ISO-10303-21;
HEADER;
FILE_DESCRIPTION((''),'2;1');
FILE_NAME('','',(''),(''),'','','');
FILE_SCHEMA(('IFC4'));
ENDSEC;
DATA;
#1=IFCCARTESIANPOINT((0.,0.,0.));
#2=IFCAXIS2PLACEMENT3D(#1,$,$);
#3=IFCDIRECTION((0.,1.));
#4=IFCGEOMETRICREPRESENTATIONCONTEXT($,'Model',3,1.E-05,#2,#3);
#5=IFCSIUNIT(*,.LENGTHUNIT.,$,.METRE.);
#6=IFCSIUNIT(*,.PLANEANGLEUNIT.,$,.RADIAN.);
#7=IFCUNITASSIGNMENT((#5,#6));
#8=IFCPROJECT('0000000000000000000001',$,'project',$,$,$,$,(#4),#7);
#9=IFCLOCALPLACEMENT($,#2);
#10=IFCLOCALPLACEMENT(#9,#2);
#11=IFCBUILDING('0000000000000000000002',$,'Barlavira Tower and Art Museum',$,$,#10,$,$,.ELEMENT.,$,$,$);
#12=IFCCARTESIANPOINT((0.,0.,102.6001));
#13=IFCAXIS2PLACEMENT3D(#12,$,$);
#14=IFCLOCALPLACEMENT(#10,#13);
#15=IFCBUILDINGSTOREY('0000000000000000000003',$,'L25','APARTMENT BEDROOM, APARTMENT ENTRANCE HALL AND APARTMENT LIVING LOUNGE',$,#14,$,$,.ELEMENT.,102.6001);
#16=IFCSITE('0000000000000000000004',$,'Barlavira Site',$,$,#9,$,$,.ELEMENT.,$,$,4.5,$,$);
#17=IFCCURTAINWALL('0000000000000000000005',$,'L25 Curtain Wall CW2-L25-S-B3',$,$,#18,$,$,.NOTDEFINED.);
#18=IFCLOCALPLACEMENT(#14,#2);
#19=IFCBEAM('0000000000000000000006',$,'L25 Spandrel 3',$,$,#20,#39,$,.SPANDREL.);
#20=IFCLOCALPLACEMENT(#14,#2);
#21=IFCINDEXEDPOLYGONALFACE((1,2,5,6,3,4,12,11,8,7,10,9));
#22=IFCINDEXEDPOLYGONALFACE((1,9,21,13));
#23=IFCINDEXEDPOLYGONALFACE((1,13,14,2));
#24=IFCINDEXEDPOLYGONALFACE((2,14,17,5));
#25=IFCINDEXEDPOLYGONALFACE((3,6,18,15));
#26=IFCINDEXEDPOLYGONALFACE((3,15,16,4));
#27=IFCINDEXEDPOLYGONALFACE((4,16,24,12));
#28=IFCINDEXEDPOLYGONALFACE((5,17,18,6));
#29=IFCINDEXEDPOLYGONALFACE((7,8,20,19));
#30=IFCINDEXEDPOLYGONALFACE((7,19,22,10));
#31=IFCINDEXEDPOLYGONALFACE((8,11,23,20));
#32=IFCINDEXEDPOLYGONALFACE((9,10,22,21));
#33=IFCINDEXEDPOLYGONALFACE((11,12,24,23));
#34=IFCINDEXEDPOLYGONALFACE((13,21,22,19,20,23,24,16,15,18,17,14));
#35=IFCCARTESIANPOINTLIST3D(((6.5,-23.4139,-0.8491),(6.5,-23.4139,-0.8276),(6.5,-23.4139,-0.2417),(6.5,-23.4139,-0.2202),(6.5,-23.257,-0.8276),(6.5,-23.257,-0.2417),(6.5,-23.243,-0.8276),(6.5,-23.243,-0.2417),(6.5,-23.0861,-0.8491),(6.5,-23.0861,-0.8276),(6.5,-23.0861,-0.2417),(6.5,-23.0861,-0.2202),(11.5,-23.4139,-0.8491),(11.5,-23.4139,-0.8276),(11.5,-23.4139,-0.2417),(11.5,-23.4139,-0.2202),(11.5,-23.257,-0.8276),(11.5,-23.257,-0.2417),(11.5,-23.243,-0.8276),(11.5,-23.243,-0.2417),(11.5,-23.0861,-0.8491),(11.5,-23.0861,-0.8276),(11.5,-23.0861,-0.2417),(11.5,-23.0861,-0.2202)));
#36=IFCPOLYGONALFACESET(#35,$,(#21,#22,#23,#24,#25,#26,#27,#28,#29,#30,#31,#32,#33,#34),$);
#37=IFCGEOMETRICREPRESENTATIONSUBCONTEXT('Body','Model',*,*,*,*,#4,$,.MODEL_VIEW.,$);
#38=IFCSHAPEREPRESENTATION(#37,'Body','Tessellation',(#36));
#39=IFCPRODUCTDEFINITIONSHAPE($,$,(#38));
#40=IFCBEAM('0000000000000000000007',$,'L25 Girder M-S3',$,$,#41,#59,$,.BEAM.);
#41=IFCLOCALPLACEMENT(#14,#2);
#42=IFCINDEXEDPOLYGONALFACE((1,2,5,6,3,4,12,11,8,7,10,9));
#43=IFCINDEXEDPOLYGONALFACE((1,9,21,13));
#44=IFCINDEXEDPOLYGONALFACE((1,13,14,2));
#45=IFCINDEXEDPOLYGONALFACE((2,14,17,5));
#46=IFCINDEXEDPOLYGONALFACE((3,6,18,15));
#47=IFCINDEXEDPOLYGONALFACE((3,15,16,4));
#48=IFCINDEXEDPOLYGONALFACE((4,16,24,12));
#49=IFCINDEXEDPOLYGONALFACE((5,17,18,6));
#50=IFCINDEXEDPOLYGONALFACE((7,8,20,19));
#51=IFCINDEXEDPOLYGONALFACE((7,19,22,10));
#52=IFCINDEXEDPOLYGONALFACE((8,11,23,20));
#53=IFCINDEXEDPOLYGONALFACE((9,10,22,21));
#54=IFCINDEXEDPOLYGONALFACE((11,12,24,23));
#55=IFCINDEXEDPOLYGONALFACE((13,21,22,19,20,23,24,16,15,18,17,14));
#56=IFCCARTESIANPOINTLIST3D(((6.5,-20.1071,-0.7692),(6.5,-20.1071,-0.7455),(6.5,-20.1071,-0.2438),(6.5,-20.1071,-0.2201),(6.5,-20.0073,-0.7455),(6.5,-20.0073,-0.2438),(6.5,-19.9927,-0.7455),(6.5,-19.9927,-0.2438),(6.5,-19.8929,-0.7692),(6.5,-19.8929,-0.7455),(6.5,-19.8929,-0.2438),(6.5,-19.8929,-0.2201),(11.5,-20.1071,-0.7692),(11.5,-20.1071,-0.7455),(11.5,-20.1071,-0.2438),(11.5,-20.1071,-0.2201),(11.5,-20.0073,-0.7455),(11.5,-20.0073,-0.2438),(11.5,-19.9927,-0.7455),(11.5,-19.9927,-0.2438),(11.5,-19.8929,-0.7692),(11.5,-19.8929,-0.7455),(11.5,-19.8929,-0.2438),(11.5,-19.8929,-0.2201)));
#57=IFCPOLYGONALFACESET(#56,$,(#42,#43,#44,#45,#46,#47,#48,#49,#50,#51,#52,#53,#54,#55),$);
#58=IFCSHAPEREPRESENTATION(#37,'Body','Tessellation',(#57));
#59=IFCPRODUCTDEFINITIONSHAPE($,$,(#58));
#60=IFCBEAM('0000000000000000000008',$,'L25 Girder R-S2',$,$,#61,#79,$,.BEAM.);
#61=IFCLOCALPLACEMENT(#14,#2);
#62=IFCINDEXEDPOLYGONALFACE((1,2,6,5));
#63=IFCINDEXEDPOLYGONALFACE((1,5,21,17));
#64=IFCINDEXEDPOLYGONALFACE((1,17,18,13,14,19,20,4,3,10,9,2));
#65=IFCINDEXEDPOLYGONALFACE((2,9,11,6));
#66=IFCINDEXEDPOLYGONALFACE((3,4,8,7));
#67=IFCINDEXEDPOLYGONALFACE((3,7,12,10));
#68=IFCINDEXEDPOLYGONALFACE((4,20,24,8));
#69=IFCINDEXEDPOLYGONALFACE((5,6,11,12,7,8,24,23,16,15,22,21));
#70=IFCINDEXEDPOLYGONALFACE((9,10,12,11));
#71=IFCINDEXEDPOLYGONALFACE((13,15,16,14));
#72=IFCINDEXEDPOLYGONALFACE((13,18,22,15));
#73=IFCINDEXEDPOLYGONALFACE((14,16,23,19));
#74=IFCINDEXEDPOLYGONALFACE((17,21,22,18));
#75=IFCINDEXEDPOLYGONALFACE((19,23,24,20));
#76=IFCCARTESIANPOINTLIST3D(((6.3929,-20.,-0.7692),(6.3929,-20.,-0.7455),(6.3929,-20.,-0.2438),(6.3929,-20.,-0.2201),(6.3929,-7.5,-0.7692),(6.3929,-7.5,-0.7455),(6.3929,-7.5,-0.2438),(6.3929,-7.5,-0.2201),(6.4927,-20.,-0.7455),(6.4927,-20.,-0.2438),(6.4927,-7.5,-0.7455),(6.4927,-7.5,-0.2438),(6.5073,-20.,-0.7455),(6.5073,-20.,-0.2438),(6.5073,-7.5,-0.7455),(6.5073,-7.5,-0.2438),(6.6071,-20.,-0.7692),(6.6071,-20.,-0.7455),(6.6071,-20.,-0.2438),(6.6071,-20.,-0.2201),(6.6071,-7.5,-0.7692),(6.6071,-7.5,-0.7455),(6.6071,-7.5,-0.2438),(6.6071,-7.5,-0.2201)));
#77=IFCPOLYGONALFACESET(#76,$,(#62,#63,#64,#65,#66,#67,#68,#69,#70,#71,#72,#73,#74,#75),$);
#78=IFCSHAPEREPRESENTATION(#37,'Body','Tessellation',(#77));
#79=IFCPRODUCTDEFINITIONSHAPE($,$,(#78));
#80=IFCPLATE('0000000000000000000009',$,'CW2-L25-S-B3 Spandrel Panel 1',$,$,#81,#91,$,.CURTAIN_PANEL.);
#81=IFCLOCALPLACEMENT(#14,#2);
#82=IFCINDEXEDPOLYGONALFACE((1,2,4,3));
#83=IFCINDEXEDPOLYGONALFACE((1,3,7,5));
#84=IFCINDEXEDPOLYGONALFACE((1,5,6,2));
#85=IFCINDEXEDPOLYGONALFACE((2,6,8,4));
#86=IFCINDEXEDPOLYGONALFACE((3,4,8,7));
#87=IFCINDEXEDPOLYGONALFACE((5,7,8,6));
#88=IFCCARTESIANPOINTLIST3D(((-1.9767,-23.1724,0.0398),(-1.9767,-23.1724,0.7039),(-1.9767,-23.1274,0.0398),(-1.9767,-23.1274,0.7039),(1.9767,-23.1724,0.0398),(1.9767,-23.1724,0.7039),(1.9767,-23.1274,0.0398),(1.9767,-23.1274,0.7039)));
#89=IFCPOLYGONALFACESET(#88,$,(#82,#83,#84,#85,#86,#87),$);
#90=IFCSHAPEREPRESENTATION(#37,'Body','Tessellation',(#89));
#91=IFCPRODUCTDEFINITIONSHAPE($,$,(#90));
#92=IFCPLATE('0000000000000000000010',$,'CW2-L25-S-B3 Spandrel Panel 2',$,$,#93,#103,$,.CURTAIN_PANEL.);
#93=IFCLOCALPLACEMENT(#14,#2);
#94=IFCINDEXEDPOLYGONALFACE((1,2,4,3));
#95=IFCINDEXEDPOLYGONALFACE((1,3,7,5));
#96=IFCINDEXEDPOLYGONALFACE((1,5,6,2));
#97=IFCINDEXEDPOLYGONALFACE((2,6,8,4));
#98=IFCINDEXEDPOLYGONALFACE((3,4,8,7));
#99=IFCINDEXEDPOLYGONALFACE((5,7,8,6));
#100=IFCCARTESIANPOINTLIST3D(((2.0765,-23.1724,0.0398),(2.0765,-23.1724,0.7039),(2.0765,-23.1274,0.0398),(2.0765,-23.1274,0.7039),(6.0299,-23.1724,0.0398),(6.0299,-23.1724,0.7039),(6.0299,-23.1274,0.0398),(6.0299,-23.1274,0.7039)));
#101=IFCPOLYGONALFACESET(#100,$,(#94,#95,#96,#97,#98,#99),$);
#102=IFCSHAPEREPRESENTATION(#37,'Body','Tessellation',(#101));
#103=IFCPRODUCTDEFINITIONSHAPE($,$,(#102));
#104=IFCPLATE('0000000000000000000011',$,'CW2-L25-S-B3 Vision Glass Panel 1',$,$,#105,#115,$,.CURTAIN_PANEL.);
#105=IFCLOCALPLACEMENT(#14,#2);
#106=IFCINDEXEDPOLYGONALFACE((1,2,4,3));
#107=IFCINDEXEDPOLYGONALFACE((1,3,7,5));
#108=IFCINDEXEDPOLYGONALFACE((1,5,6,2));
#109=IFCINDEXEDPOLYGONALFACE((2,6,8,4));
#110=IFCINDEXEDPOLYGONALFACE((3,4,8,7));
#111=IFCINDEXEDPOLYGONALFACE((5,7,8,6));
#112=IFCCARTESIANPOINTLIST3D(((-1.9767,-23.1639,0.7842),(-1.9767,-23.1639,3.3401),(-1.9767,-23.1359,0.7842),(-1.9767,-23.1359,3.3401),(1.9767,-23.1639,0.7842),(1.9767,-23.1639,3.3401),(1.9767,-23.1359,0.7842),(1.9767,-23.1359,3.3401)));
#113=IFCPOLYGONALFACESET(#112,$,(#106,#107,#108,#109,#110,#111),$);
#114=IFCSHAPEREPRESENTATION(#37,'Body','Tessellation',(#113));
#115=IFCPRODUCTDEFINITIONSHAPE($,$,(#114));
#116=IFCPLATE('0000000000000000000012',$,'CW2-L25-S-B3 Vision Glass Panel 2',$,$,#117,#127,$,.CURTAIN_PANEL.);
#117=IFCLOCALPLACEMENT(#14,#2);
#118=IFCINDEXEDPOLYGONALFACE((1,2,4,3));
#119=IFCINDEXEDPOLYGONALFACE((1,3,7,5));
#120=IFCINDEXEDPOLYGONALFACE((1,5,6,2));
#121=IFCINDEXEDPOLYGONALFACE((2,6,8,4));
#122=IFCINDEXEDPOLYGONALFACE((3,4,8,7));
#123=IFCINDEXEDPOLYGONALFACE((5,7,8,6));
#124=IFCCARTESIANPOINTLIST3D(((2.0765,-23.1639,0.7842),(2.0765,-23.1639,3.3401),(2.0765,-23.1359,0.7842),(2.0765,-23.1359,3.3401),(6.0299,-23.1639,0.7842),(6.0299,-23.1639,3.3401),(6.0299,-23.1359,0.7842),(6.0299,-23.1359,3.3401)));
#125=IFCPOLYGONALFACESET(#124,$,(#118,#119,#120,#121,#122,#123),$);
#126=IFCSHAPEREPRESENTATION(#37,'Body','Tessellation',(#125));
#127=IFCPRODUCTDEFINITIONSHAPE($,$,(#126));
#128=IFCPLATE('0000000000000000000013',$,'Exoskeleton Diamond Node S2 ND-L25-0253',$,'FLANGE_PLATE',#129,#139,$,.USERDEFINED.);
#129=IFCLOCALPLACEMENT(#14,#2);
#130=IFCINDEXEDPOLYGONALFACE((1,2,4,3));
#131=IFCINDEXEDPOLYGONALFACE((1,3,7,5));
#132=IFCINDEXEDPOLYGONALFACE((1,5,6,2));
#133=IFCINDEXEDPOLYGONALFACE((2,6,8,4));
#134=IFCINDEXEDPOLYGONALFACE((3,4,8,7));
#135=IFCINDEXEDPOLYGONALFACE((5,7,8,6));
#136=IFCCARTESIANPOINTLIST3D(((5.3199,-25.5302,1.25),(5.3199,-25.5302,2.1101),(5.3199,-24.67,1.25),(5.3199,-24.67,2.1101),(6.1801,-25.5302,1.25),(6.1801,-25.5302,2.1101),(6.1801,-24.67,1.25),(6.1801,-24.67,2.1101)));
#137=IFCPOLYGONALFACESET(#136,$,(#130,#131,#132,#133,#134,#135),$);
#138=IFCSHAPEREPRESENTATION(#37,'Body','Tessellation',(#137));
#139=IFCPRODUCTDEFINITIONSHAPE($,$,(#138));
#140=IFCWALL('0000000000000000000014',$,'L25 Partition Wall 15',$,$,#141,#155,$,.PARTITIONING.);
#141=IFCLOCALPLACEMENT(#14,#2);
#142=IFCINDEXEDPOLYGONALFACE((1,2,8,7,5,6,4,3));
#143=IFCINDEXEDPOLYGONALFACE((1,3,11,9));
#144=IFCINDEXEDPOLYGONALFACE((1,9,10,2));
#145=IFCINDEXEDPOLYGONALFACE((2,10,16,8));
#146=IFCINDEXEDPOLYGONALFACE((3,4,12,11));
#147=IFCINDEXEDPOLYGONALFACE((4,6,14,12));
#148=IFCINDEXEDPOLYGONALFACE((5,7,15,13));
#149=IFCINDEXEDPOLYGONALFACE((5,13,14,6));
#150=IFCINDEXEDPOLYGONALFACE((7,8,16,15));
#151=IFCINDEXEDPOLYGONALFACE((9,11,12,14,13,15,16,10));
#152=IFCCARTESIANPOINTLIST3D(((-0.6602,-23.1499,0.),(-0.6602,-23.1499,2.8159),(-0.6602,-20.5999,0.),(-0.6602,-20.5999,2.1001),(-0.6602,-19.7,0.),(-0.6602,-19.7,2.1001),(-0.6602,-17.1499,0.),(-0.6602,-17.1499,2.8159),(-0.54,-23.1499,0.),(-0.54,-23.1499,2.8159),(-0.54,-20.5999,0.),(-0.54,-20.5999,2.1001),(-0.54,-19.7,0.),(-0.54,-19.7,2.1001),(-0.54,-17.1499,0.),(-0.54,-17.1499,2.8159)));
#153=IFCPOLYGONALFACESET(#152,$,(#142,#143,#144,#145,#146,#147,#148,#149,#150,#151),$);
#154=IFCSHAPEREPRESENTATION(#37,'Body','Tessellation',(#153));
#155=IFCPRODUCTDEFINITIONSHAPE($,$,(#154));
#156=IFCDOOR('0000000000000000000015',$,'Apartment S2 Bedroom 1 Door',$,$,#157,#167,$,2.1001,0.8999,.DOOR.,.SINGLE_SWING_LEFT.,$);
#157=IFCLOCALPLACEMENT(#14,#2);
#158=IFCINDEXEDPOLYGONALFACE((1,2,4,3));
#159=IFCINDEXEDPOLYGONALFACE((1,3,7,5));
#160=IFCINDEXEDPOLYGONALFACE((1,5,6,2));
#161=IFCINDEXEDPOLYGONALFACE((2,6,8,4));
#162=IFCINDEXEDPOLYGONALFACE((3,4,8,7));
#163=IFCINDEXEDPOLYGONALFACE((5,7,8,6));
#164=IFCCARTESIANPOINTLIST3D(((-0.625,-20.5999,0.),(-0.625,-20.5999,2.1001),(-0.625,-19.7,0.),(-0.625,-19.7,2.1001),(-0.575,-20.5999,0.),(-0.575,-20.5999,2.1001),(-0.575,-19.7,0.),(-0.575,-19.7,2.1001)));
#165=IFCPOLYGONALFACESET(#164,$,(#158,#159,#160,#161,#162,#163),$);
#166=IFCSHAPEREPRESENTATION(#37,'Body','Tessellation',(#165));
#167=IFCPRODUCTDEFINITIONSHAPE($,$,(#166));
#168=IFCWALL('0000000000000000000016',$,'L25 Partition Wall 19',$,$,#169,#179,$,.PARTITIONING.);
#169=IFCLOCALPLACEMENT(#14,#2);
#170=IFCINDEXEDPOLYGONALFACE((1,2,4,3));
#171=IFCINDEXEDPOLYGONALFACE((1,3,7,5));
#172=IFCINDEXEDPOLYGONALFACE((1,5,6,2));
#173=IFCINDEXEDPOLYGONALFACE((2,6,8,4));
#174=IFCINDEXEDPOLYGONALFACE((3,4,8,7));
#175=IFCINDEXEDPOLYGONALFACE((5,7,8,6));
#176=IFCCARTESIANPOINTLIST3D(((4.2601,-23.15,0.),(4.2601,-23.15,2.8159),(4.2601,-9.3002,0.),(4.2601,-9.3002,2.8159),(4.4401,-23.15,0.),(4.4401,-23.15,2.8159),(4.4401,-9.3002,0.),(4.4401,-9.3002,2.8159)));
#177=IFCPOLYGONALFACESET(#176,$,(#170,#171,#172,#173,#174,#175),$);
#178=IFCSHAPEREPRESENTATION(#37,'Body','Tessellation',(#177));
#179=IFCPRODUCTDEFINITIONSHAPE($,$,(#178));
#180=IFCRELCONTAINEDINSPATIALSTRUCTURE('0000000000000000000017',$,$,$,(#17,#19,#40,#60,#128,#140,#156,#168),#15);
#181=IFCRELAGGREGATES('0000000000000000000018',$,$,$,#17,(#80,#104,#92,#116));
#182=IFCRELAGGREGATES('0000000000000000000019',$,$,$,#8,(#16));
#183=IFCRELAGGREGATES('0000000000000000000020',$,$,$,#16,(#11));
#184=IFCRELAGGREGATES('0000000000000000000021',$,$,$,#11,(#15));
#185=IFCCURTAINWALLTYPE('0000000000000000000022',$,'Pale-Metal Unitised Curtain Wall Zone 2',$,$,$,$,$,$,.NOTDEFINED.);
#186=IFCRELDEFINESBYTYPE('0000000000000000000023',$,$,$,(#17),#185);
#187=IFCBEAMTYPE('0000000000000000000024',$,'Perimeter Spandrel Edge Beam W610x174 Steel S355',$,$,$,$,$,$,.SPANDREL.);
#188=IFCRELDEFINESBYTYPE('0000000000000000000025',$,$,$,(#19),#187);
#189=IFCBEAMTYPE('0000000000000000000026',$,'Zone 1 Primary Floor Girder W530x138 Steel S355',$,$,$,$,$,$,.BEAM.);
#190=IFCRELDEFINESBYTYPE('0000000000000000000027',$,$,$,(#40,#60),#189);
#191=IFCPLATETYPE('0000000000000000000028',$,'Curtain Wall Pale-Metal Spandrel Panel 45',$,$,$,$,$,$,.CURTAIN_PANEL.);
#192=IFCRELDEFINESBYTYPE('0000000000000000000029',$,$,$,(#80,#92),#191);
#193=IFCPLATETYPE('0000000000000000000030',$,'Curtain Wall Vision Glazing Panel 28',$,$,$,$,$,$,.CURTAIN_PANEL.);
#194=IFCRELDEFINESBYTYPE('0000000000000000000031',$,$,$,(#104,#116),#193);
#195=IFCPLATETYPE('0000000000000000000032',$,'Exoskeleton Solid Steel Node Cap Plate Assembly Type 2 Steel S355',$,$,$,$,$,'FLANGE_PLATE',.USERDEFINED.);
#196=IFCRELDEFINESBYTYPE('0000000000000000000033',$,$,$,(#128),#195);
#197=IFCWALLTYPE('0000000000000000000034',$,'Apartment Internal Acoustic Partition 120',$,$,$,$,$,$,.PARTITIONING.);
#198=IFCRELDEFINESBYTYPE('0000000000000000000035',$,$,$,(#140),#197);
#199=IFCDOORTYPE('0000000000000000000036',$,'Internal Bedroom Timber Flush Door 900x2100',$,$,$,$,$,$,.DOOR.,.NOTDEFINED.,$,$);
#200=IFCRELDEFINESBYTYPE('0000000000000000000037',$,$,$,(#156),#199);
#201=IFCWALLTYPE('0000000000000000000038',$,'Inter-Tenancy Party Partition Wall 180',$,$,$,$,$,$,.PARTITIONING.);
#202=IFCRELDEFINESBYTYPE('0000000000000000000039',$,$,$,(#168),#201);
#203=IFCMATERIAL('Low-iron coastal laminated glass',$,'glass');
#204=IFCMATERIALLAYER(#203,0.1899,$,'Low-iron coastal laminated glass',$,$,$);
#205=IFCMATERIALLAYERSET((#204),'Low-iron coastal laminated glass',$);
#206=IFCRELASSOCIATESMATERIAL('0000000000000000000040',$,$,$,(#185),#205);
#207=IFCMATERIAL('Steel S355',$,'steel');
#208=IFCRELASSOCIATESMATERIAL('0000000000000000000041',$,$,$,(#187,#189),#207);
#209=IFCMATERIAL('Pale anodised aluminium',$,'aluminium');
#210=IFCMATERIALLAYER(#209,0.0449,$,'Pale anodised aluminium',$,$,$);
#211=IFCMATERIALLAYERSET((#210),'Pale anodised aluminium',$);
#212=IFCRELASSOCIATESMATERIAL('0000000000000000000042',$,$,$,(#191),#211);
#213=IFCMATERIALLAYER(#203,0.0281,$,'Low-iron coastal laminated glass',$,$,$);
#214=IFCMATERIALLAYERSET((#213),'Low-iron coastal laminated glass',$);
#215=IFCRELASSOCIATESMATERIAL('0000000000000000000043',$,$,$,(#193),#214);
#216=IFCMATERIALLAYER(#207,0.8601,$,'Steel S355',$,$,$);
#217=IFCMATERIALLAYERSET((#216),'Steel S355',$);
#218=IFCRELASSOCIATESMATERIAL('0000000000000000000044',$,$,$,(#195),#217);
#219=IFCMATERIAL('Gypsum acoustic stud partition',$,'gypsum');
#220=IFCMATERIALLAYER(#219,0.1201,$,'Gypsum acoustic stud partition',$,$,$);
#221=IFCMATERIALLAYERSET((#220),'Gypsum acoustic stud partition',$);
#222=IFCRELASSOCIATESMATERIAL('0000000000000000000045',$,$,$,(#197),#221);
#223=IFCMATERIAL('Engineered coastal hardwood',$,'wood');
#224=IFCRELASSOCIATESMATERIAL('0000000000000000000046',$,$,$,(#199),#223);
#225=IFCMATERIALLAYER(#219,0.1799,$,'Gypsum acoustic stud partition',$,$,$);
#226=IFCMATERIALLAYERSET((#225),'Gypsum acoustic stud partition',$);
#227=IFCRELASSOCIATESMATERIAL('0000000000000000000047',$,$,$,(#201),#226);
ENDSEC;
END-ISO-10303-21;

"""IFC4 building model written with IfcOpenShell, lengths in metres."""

from ifc_helpers import new_model, si_unit, direction, frame, frame_2d, origin, origin_2d, place, context, subcontext, project, spatial, rectangle, i_section, extrude, material, layer, layer_set, material_profile, profile_set, type_object, element, fill, aggregate, save


model = new_model("IFC4")

# Units and contexts
model_context = context("Model", 3, precision=1e-05, world=origin(), true_north=direction((0.0, 1.0)))
body_context = subcontext(model_context, "Body", "Model", "MODEL_VIEW")
ifc_project = project(units=[si_unit("LENGTHUNIT", "METRE"), si_unit("PLANEANGLEUNIT", "RADIAN")], contexts=[model_context])

# Site, building, storey
site_placement = place(None, origin())
site = spatial("IfcSite", under=ifc_project, at=site_placement, Name="Barlavira Site", CompositionType="ELEMENT", RefElevation=4.5)
building_placement = place(site_placement, origin())
building = spatial("IfcBuilding", under=site, at=building_placement, Name="Barlavira Tower and Art Museum", CompositionType="ELEMENT")
storey_placement = place(building_placement, frame((0.0, 0.0, 102.6001)))
storey = spatial("IfcBuildingStorey", under=building, at=storey_placement, Name="L25", Description="APARTMENT BEDROOM, APARTMENT ENTRANCE HALL AND APARTMENT LIVING LOUNGE", CompositionType="ELEMENT", Elevation=102.6001)

# Curtain wall
ifc_material_1 = material(Name="Low-iron coastal laminated glass", Category="glass")
ifc_layer_1 = layer(ifc_material_1, 0.1899, Name="Low-iron coastal laminated glass")
ifc_layer_set_1 = layer_set([ifc_layer_1], Name="Low-iron coastal laminated glass")
curtain_wall_type = type_object("IfcCurtainWallType", Name="Pale-Metal Unitised Curtain Wall Zone 2", PredefinedType="NOTDEFINED", material=ifc_layer_set_1)
curtain_wall_placement = place(storey_placement, origin())
curtain_wall = element("IfcCurtainWall", 1, at=curtain_wall_placement, inside=storey, type_object=curtain_wall_type, Name="L25 Curtain Wall CW2-L25-S-B3", PredefinedType="NOTDEFINED")
ifc_material_2 = material(Name="Pale anodised aluminium", Category="aluminium")

# Beams
ifc_material_3 = material(Name="Steel S355", Category="steel")
ifc_material_profile_1 = material_profile(ifc_material_3, i_section(OverallWidth=0.3279, OverallDepth=0.6289, WebThickness=0.0139, FlangeThickness=0.0215, at=origin_2d()), Name="W610x174.0")
ifc_profile_set_1 = profile_set([ifc_material_profile_1], Name="Steel S355")
beam_type_1 = type_object("IfcBeamType", Name="Perimeter Spandrel Edge Beam W610x174 Steel S355", PredefinedType="SPANDREL", material=ifc_profile_set_1)
beam_1_placement = place(storey_placement, frame((6.5, -23.25, -0.5347), z_axis=(1.0, 0.0, 0.0), x_axis=(0.0, 1.0, 0.0)))
element("IfcBeam", 2, at=beam_1_placement, inside=storey, type_object=beam_type_1, Name="L25 Spandrel 3", PredefinedType="SPANDREL", context=body_context, shape_type="SweptSolid", body=[
    extrude(i_section(OverallWidth=0.3279, OverallDepth=0.6289, WebThickness=0.0139, FlangeThickness=0.0215, at=origin_2d()), origin(), (0.0, 0.0, 1.0), 5.0),
])
ifc_material_profile_2 = material_profile(ifc_material_3, i_section(OverallWidth=0.2141, OverallDepth=0.5491, WebThickness=0.0146, FlangeThickness=0.0237, at=origin_2d()), Name="W530x138.0")
ifc_profile_set_2 = profile_set([ifc_material_profile_2], Name="Steel S355")
beam_type_2 = type_object("IfcBeamType", Name="Zone 1 Primary Floor Girder W530x138 Steel S355", PredefinedType="BEAM", material=ifc_profile_set_2)
beam_2_placement = place(storey_placement, frame((6.5, -20.0, -0.4946), z_axis=(1.0, 0.0, 0.0), x_axis=(0.0, 1.0, 0.0)))
element("IfcBeam", 3, at=beam_2_placement, inside=storey, type_object=beam_type_2, Name="L25 Girder M-S3", PredefinedType="BEAM", context=body_context, shape_type="SweptSolid", body=[
    extrude(i_section(OverallWidth=0.2141, OverallDepth=0.5491, WebThickness=0.0146, FlangeThickness=0.0237, at=origin_2d()), origin(), (0.0, 0.0, 1.0), 5.0),
])
beam_3_placement = place(storey_placement, frame((6.5, -20.0, -0.4946), z_axis=(0.0, 1.0, 0.0), x_axis=(-1.0, 0.0, 0.0)))
element("IfcBeam", 4, at=beam_3_placement, inside=storey, type_object=beam_type_2, Name="L25 Girder R-S2", PredefinedType="BEAM", context=body_context, shape_type="SweptSolid", body=[
    extrude(i_section(OverallWidth=0.2141, OverallDepth=0.5491, WebThickness=0.0146, FlangeThickness=0.0237, at=origin_2d()), origin(), (0.0, 0.0, 1.0), 12.5),
])

# Plates
ifc_layer_2 = layer(ifc_material_2, 0.0449, Name="Pale anodised aluminium")
ifc_layer_set_2 = layer_set([ifc_layer_2], Name="Pale anodised aluminium")
plate_type_1 = type_object("IfcPlateType", Name="Curtain Wall Pale-Metal Spandrel Panel 45", PredefinedType="CURTAIN_PANEL", material=ifc_layer_set_2)
plate_1_placement = place(storey_placement, frame((0.0, -23.1499, 0.0398), z_axis=(0.0, 0.0, 1.0), x_axis=(1.0, 0.0, 0.0)))
plate_1 = element("IfcPlate", 5, at=plate_1_placement, type_object=plate_type_1, Name="CW2-L25-S-B3 Spandrel Panel 1", PredefinedType="CURTAIN_PANEL", context=body_context, shape_type="SweptSolid", body=[
    extrude(rectangle(XDim=3.9534, YDim=0.0449, at=origin_2d()), origin(), (0.0, 0.0, 1.0), 0.6641),
])
plate_2_placement = place(storey_placement, frame((4.0532, -23.1499, 0.0398), z_axis=(0.0, 0.0, 1.0), x_axis=(1.0, 0.0, 0.0)))
plate_2 = element("IfcPlate", 6, at=plate_2_placement, type_object=plate_type_1, Name="CW2-L25-S-B3 Spandrel Panel 2", PredefinedType="CURTAIN_PANEL", context=body_context, shape_type="SweptSolid", body=[
    extrude(rectangle(XDim=3.9534, YDim=0.0449, at=origin_2d()), origin(), (0.0, 0.0, 1.0), 0.6641),
])
ifc_layer_3 = layer(ifc_material_1, 0.0281, Name="Low-iron coastal laminated glass")
ifc_layer_set_3 = layer_set([ifc_layer_3], Name="Low-iron coastal laminated glass")
plate_type_2 = type_object("IfcPlateType", Name="Curtain Wall Vision Glazing Panel 28", PredefinedType="CURTAIN_PANEL", material=ifc_layer_set_3)
plate_3_placement = place(storey_placement, frame((0.0, -23.1499, 0.7842), z_axis=(0.0, 0.0, 1.0), x_axis=(1.0, 0.0, 0.0)))
plate_3 = element("IfcPlate", 7, at=plate_3_placement, type_object=plate_type_2, Name="CW2-L25-S-B3 Vision Glass Panel 1", PredefinedType="CURTAIN_PANEL", context=body_context, shape_type="SweptSolid", body=[
    extrude(rectangle(XDim=3.9534, YDim=0.0281, at=origin_2d()), origin(), (0.0, 0.0, 1.0), 2.5559),
])
plate_4_placement = place(storey_placement, frame((4.0532, -23.1499, 0.7842), z_axis=(0.0, 0.0, 1.0), x_axis=(1.0, 0.0, 0.0)))
plate_4 = element("IfcPlate", 8, at=plate_4_placement, type_object=plate_type_2, Name="CW2-L25-S-B3 Vision Glass Panel 2", PredefinedType="CURTAIN_PANEL", context=body_context, shape_type="SweptSolid", body=[
    extrude(rectangle(XDim=3.9534, YDim=0.0281, at=origin_2d()), origin(), (0.0, 0.0, 1.0), 2.5559),
])
aggregate(curtain_wall, [plate_1, plate_3, plate_2, plate_4])
ifc_layer_4 = layer(ifc_material_3, 0.8601, Name="Steel S355")
ifc_layer_set_4 = layer_set([ifc_layer_4], Name="Steel S355")
plate_type_3 = type_object("IfcPlateType", Name="Exoskeleton Solid Steel Node Cap Plate Assembly Type 2 Steel S355", ElementType="FLANGE_PLATE", PredefinedType="USERDEFINED", material=ifc_layer_set_4)
plate_5_placement = place(storey_placement, frame((5.75, -25.1001, 1.25), z_axis=(0.0, 0.0, 1.0), x_axis=(1.0, 0.0, 0.0)))
element("IfcPlate", 9, at=plate_5_placement, inside=storey, type_object=plate_type_3, Name="Exoskeleton Diamond Node S2 ND-L25-0253", ObjectType="FLANGE_PLATE", PredefinedType="USERDEFINED", context=body_context, shape_type="SweptSolid", body=[
    extrude(rectangle(XDim=0.8601, YDim=0.8601, at=origin_2d()), origin(), (0.0, 0.0, 1.0), 0.8601),
])

# Wall, opening, door
ifc_material_4 = material(Name="Gypsum acoustic stud partition", Category="gypsum")
ifc_layer_5 = layer(ifc_material_4, 0.1201, Name="Gypsum acoustic stud partition")
ifc_layer_set_5 = layer_set([ifc_layer_5], Name="Gypsum acoustic stud partition")
wall_type_1 = type_object("IfcWallType", Name="Apartment Internal Acoustic Partition 120", PredefinedType="PARTITIONING", material=ifc_layer_set_5)
wall_1_placement = place(storey_placement, frame((-0.6001, -23.1499, 0.0), z_axis=(0.0, 0.0, 1.0), x_axis=(0.0, 1.0, 0.0)))
wall_1 = element("IfcWall", 10, at=wall_1_placement, inside=storey, type_object=wall_type_1, Name="L25 Partition Wall 15", PredefinedType="PARTITIONING", context=body_context, shape_type="SweptSolid", body=[
    extrude(rectangle(XDim=6.0, YDim=0.1201, at=frame_2d((3.0, 0.0))), origin(), (0.0, 0.0, 1.0), 2.8159),
])
opening_1_placement = place(wall_1_placement, frame((2.55, 0.0, 0.0)))
opening_1 = element("IfcOpeningElement", 11, at=opening_1_placement, cuts=wall_1, PredefinedType="OPENING", context=body_context, shape_type="SweptSolid", body=[
    extrude(rectangle(XDim=0.8999, YDim=2.1001, at=frame_2d((0.45, 1.05))), frame((0.0, 0.0701, 0.0), z_axis=(0.0, -1.0, 0.0), x_axis=(1.0, 0.0, 0.0)), (0.0, 0.0, 1.0), 0.1401),
])
ifc_material_5 = material(Name="Engineered coastal hardwood", Category="wood")
door_type = type_object("IfcDoorType", Name="Internal Bedroom Timber Flush Door 900x2100", OperationType="NOTDEFINED", PredefinedType="DOOR", material=ifc_material_5)
door_placement = place(opening_1_placement, origin())
door = element("IfcDoor", 12, at=door_placement, inside=storey, type_object=door_type, Name="Apartment S2 Bedroom 1 Door", OperationType="SINGLE_SWING_LEFT", OverallHeight=2.1001, OverallWidth=0.8999, PredefinedType="DOOR", context=body_context, shape_type="SweptSolid", body=[
    extrude(rectangle(XDim=0.8999, YDim=2.1001, at=frame_2d((0.45, 1.05))), frame((0.0, 0.0249, 0.0), z_axis=(0.0, -1.0, 0.0), x_axis=(1.0, 0.0, 0.0)), (0.0, 0.0, 1.0), 0.05),
])
fill(opening_1, door)

# Wall
ifc_layer_6 = layer(ifc_material_4, 0.1799, Name="Gypsum acoustic stud partition")
ifc_layer_set_6 = layer_set([ifc_layer_6], Name="Gypsum acoustic stud partition")
wall_type_2 = type_object("IfcWallType", Name="Inter-Tenancy Party Partition Wall 180", PredefinedType="PARTITIONING", material=ifc_layer_set_6)
wall_2_placement = place(storey_placement, frame((4.3501, -23.1499, 0.0), z_axis=(0.0, 0.0, 1.0), x_axis=(0.0, 1.0, 0.0)))
element("IfcWall", 13, at=wall_2_placement, inside=storey, type_object=wall_type_2, Name="L25 Partition Wall 19", PredefinedType="PARTITIONING", context=body_context, shape_type="SweptSolid", body=[
    extrude(rectangle(XDim=13.8499, YDim=0.1799, at=frame_2d((6.9248, 0.0))), origin(), (0.0, 0.0, 1.0), 2.8159),
])

save(model, "model.ifc")
